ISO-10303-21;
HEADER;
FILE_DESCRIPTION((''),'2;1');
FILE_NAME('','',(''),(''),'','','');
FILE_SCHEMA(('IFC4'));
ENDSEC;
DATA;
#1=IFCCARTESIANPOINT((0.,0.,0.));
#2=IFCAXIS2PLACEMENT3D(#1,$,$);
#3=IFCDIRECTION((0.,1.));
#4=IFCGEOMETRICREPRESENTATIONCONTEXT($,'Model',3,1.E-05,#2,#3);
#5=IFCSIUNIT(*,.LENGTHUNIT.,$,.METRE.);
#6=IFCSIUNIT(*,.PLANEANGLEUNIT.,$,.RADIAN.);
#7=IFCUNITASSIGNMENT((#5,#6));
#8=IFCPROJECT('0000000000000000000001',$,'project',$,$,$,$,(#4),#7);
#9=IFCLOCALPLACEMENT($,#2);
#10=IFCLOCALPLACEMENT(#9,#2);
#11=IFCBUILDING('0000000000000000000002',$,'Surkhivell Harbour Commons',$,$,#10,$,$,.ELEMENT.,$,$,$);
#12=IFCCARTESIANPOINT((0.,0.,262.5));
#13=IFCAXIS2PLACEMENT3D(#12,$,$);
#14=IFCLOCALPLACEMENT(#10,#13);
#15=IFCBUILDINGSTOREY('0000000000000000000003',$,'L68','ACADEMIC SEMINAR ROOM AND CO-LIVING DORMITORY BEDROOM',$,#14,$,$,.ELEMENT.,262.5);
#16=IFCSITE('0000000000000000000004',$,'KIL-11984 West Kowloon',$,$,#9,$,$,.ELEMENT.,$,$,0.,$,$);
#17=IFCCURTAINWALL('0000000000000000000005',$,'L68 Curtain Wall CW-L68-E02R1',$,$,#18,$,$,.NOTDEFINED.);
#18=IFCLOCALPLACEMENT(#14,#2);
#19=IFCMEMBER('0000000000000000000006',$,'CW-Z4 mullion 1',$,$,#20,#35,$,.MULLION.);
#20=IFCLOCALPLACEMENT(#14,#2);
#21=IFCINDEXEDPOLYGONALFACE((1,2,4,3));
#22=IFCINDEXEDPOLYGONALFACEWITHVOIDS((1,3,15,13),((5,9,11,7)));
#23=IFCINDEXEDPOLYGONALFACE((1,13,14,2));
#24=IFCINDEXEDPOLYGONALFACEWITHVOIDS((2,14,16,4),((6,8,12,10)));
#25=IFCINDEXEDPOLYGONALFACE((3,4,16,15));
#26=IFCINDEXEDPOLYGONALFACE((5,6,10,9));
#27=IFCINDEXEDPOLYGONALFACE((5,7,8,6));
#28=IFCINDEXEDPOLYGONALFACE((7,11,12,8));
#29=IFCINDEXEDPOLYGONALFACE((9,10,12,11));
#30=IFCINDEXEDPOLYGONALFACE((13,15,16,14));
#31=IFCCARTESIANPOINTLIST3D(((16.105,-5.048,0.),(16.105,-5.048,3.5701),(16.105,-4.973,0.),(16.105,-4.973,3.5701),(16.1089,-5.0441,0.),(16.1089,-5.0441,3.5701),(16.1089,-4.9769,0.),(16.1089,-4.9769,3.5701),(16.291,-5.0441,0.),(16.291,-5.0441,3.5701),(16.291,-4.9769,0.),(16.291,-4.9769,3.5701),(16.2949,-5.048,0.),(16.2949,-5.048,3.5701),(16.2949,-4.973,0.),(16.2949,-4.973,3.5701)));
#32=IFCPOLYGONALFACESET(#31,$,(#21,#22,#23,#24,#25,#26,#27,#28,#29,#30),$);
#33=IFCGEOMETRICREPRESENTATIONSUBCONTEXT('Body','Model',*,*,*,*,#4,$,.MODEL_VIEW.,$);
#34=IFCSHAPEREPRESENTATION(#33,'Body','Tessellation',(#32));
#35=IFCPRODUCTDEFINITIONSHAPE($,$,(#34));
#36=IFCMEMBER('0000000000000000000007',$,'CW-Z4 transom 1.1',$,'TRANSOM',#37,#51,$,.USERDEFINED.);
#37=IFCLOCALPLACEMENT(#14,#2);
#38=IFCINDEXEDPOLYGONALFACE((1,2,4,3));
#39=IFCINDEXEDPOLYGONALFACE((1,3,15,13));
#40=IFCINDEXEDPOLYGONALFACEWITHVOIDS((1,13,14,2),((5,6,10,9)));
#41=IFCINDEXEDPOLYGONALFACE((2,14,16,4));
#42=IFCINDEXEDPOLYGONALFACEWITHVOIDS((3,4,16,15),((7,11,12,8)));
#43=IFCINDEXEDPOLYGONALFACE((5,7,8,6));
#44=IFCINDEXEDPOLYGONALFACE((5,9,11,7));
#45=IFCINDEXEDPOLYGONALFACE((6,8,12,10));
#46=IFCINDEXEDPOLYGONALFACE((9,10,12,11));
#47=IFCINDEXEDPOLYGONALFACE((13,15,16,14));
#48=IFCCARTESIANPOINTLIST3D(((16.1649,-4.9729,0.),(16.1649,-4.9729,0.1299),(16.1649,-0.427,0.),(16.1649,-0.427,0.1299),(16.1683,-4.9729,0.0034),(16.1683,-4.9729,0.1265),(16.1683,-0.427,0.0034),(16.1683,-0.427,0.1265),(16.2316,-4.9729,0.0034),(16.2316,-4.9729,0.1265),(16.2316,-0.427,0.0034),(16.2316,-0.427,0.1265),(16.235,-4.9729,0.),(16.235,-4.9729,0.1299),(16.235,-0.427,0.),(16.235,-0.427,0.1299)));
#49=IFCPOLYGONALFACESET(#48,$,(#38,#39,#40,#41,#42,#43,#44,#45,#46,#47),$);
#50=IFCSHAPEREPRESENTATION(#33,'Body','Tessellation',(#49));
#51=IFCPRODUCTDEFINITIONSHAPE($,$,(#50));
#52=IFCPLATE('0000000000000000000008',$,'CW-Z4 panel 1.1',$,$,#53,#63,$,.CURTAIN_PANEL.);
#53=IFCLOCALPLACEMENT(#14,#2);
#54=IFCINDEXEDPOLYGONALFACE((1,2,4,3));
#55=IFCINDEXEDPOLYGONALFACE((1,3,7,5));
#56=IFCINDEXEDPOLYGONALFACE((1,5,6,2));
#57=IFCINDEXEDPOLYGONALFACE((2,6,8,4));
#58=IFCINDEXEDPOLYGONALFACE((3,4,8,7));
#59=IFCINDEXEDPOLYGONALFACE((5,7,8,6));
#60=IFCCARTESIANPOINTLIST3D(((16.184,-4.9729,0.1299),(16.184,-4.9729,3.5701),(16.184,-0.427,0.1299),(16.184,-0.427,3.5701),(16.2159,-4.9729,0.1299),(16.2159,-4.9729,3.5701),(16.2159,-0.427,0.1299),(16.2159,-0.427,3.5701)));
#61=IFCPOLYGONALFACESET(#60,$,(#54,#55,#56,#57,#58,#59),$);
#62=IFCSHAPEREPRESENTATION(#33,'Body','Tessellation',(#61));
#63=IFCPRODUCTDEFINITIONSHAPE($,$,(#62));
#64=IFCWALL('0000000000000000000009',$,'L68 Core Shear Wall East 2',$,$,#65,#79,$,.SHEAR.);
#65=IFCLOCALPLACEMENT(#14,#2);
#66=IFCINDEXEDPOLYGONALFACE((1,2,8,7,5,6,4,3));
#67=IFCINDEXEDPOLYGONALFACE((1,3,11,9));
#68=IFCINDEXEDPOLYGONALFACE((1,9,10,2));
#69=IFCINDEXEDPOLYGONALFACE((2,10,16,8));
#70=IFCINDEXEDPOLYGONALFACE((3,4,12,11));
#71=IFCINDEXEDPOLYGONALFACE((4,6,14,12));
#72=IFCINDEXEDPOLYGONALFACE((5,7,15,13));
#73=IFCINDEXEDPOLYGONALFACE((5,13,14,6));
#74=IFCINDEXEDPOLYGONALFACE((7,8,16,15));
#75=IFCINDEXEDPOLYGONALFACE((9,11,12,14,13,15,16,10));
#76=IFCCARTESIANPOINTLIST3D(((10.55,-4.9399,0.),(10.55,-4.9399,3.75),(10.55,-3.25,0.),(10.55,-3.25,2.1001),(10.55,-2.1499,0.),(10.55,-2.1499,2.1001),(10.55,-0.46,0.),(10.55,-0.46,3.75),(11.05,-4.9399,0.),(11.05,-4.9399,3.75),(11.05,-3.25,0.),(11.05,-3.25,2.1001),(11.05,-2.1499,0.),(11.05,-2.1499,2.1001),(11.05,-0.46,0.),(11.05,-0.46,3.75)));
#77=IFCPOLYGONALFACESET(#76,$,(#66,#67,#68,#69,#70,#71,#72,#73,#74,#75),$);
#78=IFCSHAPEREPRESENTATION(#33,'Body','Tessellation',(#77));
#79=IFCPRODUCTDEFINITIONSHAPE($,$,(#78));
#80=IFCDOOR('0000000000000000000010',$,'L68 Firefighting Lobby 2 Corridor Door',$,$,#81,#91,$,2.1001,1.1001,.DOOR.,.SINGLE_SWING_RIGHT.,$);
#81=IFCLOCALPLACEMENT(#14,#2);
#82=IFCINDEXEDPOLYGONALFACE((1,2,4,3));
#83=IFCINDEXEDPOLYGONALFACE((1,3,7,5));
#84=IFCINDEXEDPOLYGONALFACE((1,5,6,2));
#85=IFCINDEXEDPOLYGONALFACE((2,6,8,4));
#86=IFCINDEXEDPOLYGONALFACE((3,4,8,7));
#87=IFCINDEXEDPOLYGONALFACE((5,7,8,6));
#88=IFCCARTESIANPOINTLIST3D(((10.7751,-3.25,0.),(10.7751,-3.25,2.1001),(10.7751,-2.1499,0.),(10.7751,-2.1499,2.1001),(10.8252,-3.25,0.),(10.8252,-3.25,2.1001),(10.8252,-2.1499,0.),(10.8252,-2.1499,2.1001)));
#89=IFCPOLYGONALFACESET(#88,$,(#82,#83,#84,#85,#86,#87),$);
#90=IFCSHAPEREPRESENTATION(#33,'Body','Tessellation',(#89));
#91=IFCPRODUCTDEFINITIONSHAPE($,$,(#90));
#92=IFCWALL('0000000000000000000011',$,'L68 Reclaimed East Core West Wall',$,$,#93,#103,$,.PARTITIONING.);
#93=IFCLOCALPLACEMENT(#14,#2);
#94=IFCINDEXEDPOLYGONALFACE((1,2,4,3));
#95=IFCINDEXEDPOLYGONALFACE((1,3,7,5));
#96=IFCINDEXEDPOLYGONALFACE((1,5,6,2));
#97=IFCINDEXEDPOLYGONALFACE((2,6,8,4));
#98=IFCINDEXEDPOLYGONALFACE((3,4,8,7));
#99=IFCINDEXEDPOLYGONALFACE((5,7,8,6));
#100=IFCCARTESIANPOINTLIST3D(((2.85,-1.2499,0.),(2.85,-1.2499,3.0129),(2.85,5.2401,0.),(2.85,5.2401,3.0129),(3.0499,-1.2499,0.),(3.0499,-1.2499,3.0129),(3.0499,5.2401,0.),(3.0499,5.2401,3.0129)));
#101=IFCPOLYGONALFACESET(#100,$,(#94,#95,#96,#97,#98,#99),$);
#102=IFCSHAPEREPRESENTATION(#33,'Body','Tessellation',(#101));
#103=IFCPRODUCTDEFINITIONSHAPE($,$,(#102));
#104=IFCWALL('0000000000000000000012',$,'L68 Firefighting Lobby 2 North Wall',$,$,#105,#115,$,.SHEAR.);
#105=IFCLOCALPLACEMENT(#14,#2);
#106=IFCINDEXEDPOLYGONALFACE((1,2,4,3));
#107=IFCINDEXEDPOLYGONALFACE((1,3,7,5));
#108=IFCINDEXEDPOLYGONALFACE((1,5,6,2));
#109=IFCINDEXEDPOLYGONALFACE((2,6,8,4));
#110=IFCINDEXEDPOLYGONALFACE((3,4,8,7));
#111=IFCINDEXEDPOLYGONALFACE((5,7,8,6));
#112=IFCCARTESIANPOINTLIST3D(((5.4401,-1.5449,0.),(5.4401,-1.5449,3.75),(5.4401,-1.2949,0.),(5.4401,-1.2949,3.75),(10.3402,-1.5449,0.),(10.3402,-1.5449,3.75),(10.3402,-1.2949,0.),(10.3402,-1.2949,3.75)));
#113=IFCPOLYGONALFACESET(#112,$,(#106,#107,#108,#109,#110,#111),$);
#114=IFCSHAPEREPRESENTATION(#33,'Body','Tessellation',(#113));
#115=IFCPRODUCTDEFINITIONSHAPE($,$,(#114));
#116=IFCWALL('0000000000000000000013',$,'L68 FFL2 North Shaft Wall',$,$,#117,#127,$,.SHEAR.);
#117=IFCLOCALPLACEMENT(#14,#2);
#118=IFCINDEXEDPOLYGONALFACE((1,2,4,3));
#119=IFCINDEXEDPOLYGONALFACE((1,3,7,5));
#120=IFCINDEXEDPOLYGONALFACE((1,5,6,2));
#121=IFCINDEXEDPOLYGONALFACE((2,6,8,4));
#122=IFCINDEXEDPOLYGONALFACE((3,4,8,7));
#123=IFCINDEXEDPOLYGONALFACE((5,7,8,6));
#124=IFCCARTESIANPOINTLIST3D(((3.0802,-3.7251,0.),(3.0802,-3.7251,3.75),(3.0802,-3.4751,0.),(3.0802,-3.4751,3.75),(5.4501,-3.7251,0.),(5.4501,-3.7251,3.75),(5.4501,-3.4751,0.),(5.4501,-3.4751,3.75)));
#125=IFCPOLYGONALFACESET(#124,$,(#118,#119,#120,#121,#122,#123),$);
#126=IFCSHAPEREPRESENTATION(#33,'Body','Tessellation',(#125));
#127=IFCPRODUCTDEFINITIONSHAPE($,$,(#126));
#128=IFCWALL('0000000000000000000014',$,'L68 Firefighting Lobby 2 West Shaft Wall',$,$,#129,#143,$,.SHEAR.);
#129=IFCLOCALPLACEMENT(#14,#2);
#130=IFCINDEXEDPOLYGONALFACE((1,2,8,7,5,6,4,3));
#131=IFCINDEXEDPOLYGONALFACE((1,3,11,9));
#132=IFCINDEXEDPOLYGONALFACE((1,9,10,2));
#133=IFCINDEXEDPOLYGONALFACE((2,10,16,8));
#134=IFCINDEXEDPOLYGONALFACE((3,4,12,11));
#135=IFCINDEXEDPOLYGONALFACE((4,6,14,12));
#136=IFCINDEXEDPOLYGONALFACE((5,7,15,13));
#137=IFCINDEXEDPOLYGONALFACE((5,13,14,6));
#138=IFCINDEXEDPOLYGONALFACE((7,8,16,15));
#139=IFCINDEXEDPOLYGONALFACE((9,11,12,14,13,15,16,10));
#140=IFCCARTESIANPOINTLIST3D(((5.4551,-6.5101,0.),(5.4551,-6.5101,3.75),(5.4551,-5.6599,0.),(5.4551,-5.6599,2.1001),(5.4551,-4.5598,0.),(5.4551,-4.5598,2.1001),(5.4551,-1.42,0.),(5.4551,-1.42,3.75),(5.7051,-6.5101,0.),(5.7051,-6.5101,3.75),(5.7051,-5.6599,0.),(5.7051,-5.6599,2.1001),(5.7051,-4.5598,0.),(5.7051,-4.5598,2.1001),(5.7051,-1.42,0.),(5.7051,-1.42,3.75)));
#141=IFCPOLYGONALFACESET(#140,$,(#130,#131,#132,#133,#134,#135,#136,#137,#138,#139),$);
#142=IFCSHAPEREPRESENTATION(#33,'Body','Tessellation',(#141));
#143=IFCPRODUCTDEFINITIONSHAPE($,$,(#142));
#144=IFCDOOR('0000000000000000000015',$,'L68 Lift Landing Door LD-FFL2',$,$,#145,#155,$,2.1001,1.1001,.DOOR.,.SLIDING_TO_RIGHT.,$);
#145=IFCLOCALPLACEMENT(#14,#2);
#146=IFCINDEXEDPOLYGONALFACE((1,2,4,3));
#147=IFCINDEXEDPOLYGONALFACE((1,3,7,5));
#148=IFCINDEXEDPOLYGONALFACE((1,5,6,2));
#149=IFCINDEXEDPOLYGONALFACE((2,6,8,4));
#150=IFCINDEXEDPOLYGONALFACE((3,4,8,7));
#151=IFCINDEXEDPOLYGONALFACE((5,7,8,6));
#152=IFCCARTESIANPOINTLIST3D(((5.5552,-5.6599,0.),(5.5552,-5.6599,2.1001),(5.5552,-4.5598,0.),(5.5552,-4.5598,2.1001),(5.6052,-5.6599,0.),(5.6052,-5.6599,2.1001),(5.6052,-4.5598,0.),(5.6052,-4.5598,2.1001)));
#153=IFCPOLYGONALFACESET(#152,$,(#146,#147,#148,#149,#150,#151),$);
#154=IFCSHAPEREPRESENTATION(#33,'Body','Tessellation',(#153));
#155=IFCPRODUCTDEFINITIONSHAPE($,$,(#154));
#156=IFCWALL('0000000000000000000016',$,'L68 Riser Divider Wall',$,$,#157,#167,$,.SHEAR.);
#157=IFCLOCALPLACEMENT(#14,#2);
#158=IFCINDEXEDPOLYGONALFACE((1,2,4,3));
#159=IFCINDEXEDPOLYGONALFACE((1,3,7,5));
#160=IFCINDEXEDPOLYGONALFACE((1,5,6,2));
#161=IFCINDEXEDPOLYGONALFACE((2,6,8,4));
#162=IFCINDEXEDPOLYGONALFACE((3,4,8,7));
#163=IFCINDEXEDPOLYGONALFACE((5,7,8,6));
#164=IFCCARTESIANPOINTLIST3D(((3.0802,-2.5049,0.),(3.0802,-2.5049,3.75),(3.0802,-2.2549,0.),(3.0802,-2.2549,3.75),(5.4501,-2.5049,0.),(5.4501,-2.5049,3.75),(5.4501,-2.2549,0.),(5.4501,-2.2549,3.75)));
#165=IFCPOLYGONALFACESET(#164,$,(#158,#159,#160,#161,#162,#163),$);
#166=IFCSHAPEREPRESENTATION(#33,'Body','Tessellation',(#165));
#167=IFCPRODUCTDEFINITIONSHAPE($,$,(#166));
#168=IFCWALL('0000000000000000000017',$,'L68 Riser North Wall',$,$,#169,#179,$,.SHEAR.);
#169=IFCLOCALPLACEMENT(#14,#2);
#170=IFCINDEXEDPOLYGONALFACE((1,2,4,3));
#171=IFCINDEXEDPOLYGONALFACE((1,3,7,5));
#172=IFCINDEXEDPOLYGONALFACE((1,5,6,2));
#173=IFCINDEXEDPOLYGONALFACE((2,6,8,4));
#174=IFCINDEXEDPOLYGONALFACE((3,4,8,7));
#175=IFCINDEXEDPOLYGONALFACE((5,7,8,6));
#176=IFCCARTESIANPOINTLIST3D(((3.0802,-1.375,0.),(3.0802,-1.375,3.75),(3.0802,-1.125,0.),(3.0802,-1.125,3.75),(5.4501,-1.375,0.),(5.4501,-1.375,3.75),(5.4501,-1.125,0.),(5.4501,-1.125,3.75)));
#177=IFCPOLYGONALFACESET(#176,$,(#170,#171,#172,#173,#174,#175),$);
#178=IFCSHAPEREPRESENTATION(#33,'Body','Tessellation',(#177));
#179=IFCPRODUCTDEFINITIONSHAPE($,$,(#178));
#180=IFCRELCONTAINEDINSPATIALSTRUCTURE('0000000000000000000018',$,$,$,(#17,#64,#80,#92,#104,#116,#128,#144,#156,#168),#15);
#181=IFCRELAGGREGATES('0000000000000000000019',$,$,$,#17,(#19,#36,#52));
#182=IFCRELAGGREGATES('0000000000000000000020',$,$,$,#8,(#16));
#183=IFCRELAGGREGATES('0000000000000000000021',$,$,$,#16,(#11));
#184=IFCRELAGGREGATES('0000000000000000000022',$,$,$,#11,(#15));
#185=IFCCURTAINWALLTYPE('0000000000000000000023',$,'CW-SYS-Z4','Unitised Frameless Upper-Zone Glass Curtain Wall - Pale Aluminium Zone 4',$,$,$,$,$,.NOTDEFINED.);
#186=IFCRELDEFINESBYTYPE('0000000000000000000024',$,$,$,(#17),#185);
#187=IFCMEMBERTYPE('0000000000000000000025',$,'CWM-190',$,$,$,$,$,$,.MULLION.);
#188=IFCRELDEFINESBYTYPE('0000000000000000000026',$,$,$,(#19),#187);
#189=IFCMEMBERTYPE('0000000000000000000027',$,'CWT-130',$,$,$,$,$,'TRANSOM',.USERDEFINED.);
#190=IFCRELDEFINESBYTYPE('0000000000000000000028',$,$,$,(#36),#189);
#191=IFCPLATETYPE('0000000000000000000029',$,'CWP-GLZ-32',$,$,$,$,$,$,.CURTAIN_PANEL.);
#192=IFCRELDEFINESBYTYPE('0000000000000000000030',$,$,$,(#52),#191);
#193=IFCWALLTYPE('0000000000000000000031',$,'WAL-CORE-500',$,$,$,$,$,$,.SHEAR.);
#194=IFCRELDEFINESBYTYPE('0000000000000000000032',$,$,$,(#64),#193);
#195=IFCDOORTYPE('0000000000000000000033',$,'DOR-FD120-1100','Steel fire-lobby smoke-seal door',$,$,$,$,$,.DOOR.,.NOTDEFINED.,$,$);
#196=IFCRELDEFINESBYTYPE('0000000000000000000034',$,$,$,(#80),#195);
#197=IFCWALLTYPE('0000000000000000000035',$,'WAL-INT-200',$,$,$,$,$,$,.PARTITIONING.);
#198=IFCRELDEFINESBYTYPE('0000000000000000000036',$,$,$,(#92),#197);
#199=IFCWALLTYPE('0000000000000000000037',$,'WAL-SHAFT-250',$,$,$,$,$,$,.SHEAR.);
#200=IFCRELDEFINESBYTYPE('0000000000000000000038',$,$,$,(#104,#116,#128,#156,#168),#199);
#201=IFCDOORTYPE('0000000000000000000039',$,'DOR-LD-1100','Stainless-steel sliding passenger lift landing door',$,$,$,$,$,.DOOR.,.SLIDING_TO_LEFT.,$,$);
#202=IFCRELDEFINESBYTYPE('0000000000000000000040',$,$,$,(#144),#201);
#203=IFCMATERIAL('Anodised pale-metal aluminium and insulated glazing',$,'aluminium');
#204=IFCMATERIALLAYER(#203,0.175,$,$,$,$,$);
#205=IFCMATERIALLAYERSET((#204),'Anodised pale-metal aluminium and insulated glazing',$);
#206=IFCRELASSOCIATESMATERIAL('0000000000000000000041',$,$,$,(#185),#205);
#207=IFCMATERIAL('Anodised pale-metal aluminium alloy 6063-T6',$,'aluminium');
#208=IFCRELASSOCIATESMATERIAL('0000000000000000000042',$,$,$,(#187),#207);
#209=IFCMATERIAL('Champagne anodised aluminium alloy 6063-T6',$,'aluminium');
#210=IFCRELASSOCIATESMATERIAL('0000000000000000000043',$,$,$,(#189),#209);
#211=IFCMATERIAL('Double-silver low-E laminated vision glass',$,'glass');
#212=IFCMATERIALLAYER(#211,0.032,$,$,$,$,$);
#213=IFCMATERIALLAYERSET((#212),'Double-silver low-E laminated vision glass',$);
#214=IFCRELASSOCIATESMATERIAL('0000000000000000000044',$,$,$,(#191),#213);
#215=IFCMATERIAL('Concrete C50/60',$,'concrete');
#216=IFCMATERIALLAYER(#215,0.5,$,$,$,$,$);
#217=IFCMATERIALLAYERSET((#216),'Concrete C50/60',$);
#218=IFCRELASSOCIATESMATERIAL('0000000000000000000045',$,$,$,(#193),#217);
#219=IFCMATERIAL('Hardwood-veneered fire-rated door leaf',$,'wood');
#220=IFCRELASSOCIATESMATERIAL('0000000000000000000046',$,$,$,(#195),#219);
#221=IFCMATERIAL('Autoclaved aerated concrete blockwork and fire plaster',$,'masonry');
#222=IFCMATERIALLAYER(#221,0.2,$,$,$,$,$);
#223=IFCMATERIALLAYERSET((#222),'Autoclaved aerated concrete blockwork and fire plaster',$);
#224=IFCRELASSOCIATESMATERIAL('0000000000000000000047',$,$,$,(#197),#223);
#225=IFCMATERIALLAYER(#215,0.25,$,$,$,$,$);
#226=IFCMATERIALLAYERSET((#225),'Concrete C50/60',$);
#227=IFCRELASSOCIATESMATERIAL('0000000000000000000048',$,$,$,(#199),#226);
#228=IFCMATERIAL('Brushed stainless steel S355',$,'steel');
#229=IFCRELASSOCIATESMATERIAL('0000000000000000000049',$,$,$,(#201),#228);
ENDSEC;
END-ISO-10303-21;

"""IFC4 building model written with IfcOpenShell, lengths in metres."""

from ifc_helpers import new_model, si_unit, direction, frame, frame_2d, origin, origin_2d, place, context, subcontext, project, spatial, rectangle, hollow_rectangle, extrude, material, layer, layer_set, material_profile, profile_set, type_object, element, fill, aggregate, save


model = new_model("IFC4")

# Units and contexts
model_context = context("Model", 3, precision=1e-05, world=origin(), true_north=direction((0.0, 1.0)))
body_context = subcontext(model_context, "Body", "Model", "MODEL_VIEW")
ifc_project = project(units=[si_unit("LENGTHUNIT", "METRE"), si_unit("PLANEANGLEUNIT", "RADIAN")], contexts=[model_context])

# Site, building, storey
site_placement = place(None, origin())
site = spatial("IfcSite", under=ifc_project, at=site_placement, Name="KIL-11984 West Kowloon", CompositionType="ELEMENT", RefElevation=0.0)
building_placement = place(site_placement, origin())
building = spatial("IfcBuilding", under=site, at=building_placement, Name="Surkhivell Harbour Commons", CompositionType="ELEMENT")
storey_placement = place(building_placement, frame((0.0, 0.0, 262.5)))
storey = spatial("IfcBuildingStorey", under=building, at=storey_placement, Name="L68", Description="ACADEMIC SEMINAR ROOM AND CO-LIVING DORMITORY BEDROOM", CompositionType="ELEMENT", Elevation=262.5)

# Shared definitions
ifc_material_1 = material(Name="Concrete C50/60", Category="concrete")

# Shared definitions
ifc_material_2 = material(Name="Anodised pale-metal aluminium and insulated glazing", Category="aluminium")
ifc_layer_1 = layer(ifc_material_2, 0.175)
ifc_layer_set_1 = layer_set([ifc_layer_1], Name="Anodised pale-metal aluminium and insulated glazing")
curtain_wall_type = type_object("IfcCurtainWallType", Name="CW-SYS-Z4", Description="Unitised Frameless Upper-Zone Glass Curtain Wall - Pale Aluminium Zone 4", PredefinedType="NOTDEFINED", material=ifc_layer_set_1)
ifc_material_3 = material(Name="Anodised pale-metal aluminium alloy 6063-T6", Category="aluminium")
ifc_material_profile_1 = material_profile(ifc_material_3, hollow_rectangle(XDim=0.075, YDim=0.1899, WallThickness=0.0039, at=origin_2d()), Name="ALU-MULL-75x190")
ifc_profile_set_1 = profile_set([ifc_material_profile_1], Name="Anodised pale-metal aluminium alloy 6063-T6")
member_type_1 = type_object("IfcMemberType", Name="CWM-190", PredefinedType="MULLION", material=ifc_profile_set_1)

# Curtain wall, members, plate
curtain_wall_1_placement = place(storey_placement, origin())
curtain_wall_1 = element("IfcCurtainWall", 1, at=curtain_wall_1_placement, inside=storey, type_object=curtain_wall_type, Name="L68 Curtain Wall CW-L68-E02R1", PredefinedType="NOTDEFINED")
member_1_placement = place(storey_placement, frame((16.2, -5.0105, 0.0), z_axis=(0.0, 0.0, 1.0), x_axis=(0.0, 1.0, 0.0)))
member_1 = element("IfcMember", 2, at=member_1_placement, type_object=member_type_1, Name="CW-Z4 mullion 1", PredefinedType="MULLION", context=body_context, shape_type="SweptSolid", body=[
    extrude(hollow_rectangle(XDim=0.075, YDim=0.1899, WallThickness=0.0039, at=origin_2d()), origin(), (0.0, 0.0, 1.0), 3.5701),
])
ifc_material_4 = material(Name="Champagne anodised aluminium alloy 6063-T6", Category="aluminium")
ifc_material_profile_2 = material_profile(ifc_material_4, hollow_rectangle(XDim=0.0701, YDim=0.1299, WallThickness=0.0034, at=origin_2d()), Name="ALU-TRAN-70x130")
ifc_profile_set_2 = profile_set([ifc_material_profile_2], Name="Champagne anodised aluminium alloy 6063-T6")
member_type_2 = type_object("IfcMemberType", Name="CWT-130", ElementType="TRANSOM", PredefinedType="USERDEFINED", material=ifc_profile_set_2)
member_2_placement = place(storey_placement, frame((16.2, -4.9729, 0.0649), z_axis=(0.0, 1.0, 0.0), x_axis=(-1.0, 0.0, 0.0)))
member_2 = element("IfcMember", 3, at=member_2_placement, type_object=member_type_2, Name="CW-Z4 transom 1.1", ObjectType="TRANSOM", PredefinedType="USERDEFINED", context=body_context, shape_type="SweptSolid", body=[
    extrude(hollow_rectangle(XDim=0.0701, YDim=0.1299, WallThickness=0.0034, at=origin_2d()), origin(), (0.0, 0.0, 1.0), 4.5459),
])
ifc_material_5 = material(Name="Double-silver low-E laminated vision glass", Category="glass")
ifc_layer_2 = layer(ifc_material_5, 0.032)
ifc_layer_set_2 = layer_set([ifc_layer_2], Name="Double-silver low-E laminated vision glass")
plate_type = type_object("IfcPlateType", Name="CWP-GLZ-32", PredefinedType="CURTAIN_PANEL", material=ifc_layer_set_2)
plate_placement = place(storey_placement, frame((16.2, -4.9729, 0.1299), z_axis=(0.0, 0.0, 1.0), x_axis=(0.0, 1.0, 0.0)))
plate = element("IfcPlate", 4, at=plate_placement, type_object=plate_type, Name="CW-Z4 panel 1.1", PredefinedType="CURTAIN_PANEL", context=body_context, shape_type="SweptSolid", body=[
    extrude(rectangle(XDim=4.5459, YDim=0.032, at=frame_2d((2.2729, 0.0))), origin(), (0.0, 0.0, 1.0), 3.4402),
])
aggregate(curtain_wall_1, [member_1, member_2, plate])

# Wall, opening, door
ifc_layer_3 = layer(ifc_material_1, 0.5)
ifc_layer_set_3 = layer_set([ifc_layer_3], Name="Concrete C50/60")
wall_type_1 = type_object("IfcWallType", Name="WAL-CORE-500", PredefinedType="SHEAR", material=ifc_layer_set_3)
wall_1_placement = place(storey_placement, frame((10.8, -4.9399, 0.0), z_axis=(0.0, 0.0, 1.0), x_axis=(0.0, 1.0, 0.0)))
wall_1 = element("IfcWall", 5, at=wall_1_placement, inside=storey, type_object=wall_type_1, Name="L68 Core Shear Wall East 2", PredefinedType="SHEAR", context=body_context, shape_type="SweptSolid", body=[
    extrude(rectangle(XDim=4.48, YDim=0.5, at=frame_2d((2.24, 0.0))), origin(), (0.0, 0.0, 1.0), 3.75),
])
opening_1_placement = place(wall_1_placement, frame((1.6899, 0.0, 0.0)))
opening_1 = element("IfcOpeningElement", 6, at=opening_1_placement, cuts=wall_1, PredefinedType="OPENING", context=body_context, shape_type="SweptSolid", body=[
    extrude(rectangle(XDim=1.1001, YDim=2.1001, at=frame_2d((0.55, 1.05))), frame((0.0, 0.26, 0.0), z_axis=(0.0, -1.0, 0.0), x_axis=(1.0, 0.0, 0.0)), (0.0, 0.0, 1.0), 0.52),
])
ifc_material_6 = material(Name="Hardwood-veneered fire-rated door leaf", Category="wood")
door_type_1 = type_object("IfcDoorType", Name="DOR-FD120-1100", Description="Steel fire-lobby smoke-seal door", OperationType="NOTDEFINED", PredefinedType="DOOR", material=ifc_material_6)
door_1_placement = place(opening_1_placement, origin())
door_1 = element("IfcDoor", 7, at=door_1_placement, inside=storey, type_object=door_type_1, Name="L68 Firefighting Lobby 2 Corridor Door", OperationType="SINGLE_SWING_RIGHT", OverallHeight=2.1001, OverallWidth=1.1001, PredefinedType="DOOR", context=body_context, shape_type="SweptSolid", body=[
    extrude(rectangle(XDim=1.1001, YDim=2.1001, at=frame_2d((0.55, 1.05))), frame((0.0, 0.0249, 0.0), z_axis=(0.0, -1.0, 0.0), x_axis=(1.0, 0.0, 0.0)), (0.0, 0.0, 1.0), 0.05),
])
fill(opening_1, door_1)

# Walls
ifc_material_7 = material(Name="Autoclaved aerated concrete blockwork and fire plaster", Category="masonry")
ifc_layer_4 = layer(ifc_material_7, 0.2)
ifc_layer_set_4 = layer_set([ifc_layer_4], Name="Autoclaved aerated concrete blockwork and fire plaster")
wall_type_2 = type_object("IfcWallType", Name="WAL-INT-200", PredefinedType="PARTITIONING", material=ifc_layer_set_4)
wall_2_placement = place(storey_placement, frame((2.95, -1.25, 0.0), z_axis=(0.0, 0.0, 1.0), x_axis=(0.0, 1.0, 0.0)))
element("IfcWall", 8, at=wall_2_placement, inside=storey, type_object=wall_type_2, Name="L68 Reclaimed East Core West Wall", PredefinedType="PARTITIONING", context=body_context, shape_type="SweptSolid", body=[
    extrude(rectangle(XDim=6.49, YDim=0.2, at=frame_2d((3.2451, 0.0))), origin(), (0.0, 0.0, 1.0), 3.0129),
])
ifc_layer_5 = layer(ifc_material_1, 0.25)
ifc_layer_set_5 = layer_set([ifc_layer_5], Name="Concrete C50/60")
wall_type_3 = type_object("IfcWallType", Name="WAL-SHAFT-250", PredefinedType="SHEAR", material=ifc_layer_set_5)
wall_3_placement = place(storey_placement, frame((5.4399, -1.4199, 0.0), z_axis=(0.0, 0.0, 1.0), x_axis=(1.0, 0.0, 0.0)))
element("IfcWall", 9, at=wall_3_placement, inside=storey, type_object=wall_type_3, Name="L68 Firefighting Lobby 2 North Wall", PredefinedType="SHEAR", context=body_context, shape_type="SweptSolid", body=[
    extrude(rectangle(XDim=4.9001, YDim=0.25, at=frame_2d((2.4502, 0.0))), origin(), (0.0, 0.0, 1.0), 3.75),
])
wall_4_placement = place(storey_placement, frame((3.0801, -3.6001, 0.0), z_axis=(0.0, 0.0, 1.0), x_axis=(1.0, 0.0, 0.0)))
element("IfcWall", 10, at=wall_4_placement, inside=storey, type_object=wall_type_3, Name="L68 FFL2 North Shaft Wall", PredefinedType="SHEAR", context=body_context, shape_type="SweptSolid", body=[
    extrude(rectangle(XDim=2.3699, YDim=0.25, at=frame_2d((1.1851, 0.0))), origin(), (0.0, 0.0, 1.0), 3.75),
])

# Wall, opening, door
wall_5_placement = place(storey_placement, frame((5.5801, -6.51, 0.0), z_axis=(0.0, 0.0, 1.0), x_axis=(0.0, 1.0, 0.0)))
wall_5 = element("IfcWall", 11, at=wall_5_placement, inside=storey, type_object=wall_type_3, Name="L68 Firefighting Lobby 2 West Shaft Wall", PredefinedType="SHEAR", context=body_context, shape_type="SweptSolid", body=[
    extrude(rectangle(XDim=5.0901, YDim=0.25, at=frame_2d((2.5449, 0.0))), origin(), (0.0, 0.0, 1.0), 3.75),
])
opening_2_placement = place(wall_5_placement, frame((0.8501, 0.0, 0.0)))
opening_2 = element("IfcOpeningElement", 12, at=opening_2_placement, cuts=wall_5, PredefinedType="OPENING", context=body_context, shape_type="SweptSolid", body=[
    extrude(rectangle(XDim=1.1001, YDim=2.1001, at=frame_2d((0.55, 1.05))), frame((0.0, 0.135, 0.0), z_axis=(0.0, -1.0, 0.0), x_axis=(1.0, 0.0, 0.0)), (0.0, 0.0, 1.0), 0.27),
])
ifc_material_8 = material(Name="Brushed stainless steel S355", Category="steel")
door_type_2 = type_object("IfcDoorType", Name="DOR-LD-1100", Description="Stainless-steel sliding passenger lift landing door", OperationType="SLIDING_TO_LEFT", PredefinedType="DOOR", material=ifc_material_8)
door_2_placement = place(opening_2_placement, origin())
door_2 = element("IfcDoor", 13, at=door_2_placement, inside=storey, type_object=door_type_2, Name="L68 Lift Landing Door LD-FFL2", OperationType="SLIDING_TO_RIGHT", OverallHeight=2.1001, OverallWidth=1.1001, PredefinedType="DOOR", context=body_context, shape_type="SweptSolid", body=[
    extrude(rectangle(XDim=1.1001, YDim=2.1001, at=frame_2d((0.55, 1.05))), frame((0.0, 0.0249, 0.0), z_axis=(0.0, -1.0, 0.0), x_axis=(1.0, 0.0, 0.0)), (0.0, 0.0, 1.0), 0.05),
])
fill(opening_2, door_2)

# Walls
for number, where, z_axis, x_axis, name in (
    (14, (3.0801, -2.3799, 0.0), (0.0, 0.0, 1.0), (1.0, 0.0, 0.0), "L68 Riser Divider Wall"),
    (15, (3.0801, -1.25, 0.0), (0.0, 0.0, 1.0), (1.0, 0.0, 0.0), "L68 Riser North Wall"),
):
    element("IfcWall", number, at=place(storey_placement, frame(where, z_axis=z_axis, x_axis=x_axis)), inside=storey, type_object=wall_type_3, Name=name, PredefinedType="SHEAR", context=body_context, shape_type="SweptSolid", body=[
        extrude(rectangle(XDim=2.3699, YDim=0.25, at=frame_2d((1.1851, 0.0))), origin(), (0.0, 0.0, 1.0), 3.75),
    ])

save(model, "model.ifc")
